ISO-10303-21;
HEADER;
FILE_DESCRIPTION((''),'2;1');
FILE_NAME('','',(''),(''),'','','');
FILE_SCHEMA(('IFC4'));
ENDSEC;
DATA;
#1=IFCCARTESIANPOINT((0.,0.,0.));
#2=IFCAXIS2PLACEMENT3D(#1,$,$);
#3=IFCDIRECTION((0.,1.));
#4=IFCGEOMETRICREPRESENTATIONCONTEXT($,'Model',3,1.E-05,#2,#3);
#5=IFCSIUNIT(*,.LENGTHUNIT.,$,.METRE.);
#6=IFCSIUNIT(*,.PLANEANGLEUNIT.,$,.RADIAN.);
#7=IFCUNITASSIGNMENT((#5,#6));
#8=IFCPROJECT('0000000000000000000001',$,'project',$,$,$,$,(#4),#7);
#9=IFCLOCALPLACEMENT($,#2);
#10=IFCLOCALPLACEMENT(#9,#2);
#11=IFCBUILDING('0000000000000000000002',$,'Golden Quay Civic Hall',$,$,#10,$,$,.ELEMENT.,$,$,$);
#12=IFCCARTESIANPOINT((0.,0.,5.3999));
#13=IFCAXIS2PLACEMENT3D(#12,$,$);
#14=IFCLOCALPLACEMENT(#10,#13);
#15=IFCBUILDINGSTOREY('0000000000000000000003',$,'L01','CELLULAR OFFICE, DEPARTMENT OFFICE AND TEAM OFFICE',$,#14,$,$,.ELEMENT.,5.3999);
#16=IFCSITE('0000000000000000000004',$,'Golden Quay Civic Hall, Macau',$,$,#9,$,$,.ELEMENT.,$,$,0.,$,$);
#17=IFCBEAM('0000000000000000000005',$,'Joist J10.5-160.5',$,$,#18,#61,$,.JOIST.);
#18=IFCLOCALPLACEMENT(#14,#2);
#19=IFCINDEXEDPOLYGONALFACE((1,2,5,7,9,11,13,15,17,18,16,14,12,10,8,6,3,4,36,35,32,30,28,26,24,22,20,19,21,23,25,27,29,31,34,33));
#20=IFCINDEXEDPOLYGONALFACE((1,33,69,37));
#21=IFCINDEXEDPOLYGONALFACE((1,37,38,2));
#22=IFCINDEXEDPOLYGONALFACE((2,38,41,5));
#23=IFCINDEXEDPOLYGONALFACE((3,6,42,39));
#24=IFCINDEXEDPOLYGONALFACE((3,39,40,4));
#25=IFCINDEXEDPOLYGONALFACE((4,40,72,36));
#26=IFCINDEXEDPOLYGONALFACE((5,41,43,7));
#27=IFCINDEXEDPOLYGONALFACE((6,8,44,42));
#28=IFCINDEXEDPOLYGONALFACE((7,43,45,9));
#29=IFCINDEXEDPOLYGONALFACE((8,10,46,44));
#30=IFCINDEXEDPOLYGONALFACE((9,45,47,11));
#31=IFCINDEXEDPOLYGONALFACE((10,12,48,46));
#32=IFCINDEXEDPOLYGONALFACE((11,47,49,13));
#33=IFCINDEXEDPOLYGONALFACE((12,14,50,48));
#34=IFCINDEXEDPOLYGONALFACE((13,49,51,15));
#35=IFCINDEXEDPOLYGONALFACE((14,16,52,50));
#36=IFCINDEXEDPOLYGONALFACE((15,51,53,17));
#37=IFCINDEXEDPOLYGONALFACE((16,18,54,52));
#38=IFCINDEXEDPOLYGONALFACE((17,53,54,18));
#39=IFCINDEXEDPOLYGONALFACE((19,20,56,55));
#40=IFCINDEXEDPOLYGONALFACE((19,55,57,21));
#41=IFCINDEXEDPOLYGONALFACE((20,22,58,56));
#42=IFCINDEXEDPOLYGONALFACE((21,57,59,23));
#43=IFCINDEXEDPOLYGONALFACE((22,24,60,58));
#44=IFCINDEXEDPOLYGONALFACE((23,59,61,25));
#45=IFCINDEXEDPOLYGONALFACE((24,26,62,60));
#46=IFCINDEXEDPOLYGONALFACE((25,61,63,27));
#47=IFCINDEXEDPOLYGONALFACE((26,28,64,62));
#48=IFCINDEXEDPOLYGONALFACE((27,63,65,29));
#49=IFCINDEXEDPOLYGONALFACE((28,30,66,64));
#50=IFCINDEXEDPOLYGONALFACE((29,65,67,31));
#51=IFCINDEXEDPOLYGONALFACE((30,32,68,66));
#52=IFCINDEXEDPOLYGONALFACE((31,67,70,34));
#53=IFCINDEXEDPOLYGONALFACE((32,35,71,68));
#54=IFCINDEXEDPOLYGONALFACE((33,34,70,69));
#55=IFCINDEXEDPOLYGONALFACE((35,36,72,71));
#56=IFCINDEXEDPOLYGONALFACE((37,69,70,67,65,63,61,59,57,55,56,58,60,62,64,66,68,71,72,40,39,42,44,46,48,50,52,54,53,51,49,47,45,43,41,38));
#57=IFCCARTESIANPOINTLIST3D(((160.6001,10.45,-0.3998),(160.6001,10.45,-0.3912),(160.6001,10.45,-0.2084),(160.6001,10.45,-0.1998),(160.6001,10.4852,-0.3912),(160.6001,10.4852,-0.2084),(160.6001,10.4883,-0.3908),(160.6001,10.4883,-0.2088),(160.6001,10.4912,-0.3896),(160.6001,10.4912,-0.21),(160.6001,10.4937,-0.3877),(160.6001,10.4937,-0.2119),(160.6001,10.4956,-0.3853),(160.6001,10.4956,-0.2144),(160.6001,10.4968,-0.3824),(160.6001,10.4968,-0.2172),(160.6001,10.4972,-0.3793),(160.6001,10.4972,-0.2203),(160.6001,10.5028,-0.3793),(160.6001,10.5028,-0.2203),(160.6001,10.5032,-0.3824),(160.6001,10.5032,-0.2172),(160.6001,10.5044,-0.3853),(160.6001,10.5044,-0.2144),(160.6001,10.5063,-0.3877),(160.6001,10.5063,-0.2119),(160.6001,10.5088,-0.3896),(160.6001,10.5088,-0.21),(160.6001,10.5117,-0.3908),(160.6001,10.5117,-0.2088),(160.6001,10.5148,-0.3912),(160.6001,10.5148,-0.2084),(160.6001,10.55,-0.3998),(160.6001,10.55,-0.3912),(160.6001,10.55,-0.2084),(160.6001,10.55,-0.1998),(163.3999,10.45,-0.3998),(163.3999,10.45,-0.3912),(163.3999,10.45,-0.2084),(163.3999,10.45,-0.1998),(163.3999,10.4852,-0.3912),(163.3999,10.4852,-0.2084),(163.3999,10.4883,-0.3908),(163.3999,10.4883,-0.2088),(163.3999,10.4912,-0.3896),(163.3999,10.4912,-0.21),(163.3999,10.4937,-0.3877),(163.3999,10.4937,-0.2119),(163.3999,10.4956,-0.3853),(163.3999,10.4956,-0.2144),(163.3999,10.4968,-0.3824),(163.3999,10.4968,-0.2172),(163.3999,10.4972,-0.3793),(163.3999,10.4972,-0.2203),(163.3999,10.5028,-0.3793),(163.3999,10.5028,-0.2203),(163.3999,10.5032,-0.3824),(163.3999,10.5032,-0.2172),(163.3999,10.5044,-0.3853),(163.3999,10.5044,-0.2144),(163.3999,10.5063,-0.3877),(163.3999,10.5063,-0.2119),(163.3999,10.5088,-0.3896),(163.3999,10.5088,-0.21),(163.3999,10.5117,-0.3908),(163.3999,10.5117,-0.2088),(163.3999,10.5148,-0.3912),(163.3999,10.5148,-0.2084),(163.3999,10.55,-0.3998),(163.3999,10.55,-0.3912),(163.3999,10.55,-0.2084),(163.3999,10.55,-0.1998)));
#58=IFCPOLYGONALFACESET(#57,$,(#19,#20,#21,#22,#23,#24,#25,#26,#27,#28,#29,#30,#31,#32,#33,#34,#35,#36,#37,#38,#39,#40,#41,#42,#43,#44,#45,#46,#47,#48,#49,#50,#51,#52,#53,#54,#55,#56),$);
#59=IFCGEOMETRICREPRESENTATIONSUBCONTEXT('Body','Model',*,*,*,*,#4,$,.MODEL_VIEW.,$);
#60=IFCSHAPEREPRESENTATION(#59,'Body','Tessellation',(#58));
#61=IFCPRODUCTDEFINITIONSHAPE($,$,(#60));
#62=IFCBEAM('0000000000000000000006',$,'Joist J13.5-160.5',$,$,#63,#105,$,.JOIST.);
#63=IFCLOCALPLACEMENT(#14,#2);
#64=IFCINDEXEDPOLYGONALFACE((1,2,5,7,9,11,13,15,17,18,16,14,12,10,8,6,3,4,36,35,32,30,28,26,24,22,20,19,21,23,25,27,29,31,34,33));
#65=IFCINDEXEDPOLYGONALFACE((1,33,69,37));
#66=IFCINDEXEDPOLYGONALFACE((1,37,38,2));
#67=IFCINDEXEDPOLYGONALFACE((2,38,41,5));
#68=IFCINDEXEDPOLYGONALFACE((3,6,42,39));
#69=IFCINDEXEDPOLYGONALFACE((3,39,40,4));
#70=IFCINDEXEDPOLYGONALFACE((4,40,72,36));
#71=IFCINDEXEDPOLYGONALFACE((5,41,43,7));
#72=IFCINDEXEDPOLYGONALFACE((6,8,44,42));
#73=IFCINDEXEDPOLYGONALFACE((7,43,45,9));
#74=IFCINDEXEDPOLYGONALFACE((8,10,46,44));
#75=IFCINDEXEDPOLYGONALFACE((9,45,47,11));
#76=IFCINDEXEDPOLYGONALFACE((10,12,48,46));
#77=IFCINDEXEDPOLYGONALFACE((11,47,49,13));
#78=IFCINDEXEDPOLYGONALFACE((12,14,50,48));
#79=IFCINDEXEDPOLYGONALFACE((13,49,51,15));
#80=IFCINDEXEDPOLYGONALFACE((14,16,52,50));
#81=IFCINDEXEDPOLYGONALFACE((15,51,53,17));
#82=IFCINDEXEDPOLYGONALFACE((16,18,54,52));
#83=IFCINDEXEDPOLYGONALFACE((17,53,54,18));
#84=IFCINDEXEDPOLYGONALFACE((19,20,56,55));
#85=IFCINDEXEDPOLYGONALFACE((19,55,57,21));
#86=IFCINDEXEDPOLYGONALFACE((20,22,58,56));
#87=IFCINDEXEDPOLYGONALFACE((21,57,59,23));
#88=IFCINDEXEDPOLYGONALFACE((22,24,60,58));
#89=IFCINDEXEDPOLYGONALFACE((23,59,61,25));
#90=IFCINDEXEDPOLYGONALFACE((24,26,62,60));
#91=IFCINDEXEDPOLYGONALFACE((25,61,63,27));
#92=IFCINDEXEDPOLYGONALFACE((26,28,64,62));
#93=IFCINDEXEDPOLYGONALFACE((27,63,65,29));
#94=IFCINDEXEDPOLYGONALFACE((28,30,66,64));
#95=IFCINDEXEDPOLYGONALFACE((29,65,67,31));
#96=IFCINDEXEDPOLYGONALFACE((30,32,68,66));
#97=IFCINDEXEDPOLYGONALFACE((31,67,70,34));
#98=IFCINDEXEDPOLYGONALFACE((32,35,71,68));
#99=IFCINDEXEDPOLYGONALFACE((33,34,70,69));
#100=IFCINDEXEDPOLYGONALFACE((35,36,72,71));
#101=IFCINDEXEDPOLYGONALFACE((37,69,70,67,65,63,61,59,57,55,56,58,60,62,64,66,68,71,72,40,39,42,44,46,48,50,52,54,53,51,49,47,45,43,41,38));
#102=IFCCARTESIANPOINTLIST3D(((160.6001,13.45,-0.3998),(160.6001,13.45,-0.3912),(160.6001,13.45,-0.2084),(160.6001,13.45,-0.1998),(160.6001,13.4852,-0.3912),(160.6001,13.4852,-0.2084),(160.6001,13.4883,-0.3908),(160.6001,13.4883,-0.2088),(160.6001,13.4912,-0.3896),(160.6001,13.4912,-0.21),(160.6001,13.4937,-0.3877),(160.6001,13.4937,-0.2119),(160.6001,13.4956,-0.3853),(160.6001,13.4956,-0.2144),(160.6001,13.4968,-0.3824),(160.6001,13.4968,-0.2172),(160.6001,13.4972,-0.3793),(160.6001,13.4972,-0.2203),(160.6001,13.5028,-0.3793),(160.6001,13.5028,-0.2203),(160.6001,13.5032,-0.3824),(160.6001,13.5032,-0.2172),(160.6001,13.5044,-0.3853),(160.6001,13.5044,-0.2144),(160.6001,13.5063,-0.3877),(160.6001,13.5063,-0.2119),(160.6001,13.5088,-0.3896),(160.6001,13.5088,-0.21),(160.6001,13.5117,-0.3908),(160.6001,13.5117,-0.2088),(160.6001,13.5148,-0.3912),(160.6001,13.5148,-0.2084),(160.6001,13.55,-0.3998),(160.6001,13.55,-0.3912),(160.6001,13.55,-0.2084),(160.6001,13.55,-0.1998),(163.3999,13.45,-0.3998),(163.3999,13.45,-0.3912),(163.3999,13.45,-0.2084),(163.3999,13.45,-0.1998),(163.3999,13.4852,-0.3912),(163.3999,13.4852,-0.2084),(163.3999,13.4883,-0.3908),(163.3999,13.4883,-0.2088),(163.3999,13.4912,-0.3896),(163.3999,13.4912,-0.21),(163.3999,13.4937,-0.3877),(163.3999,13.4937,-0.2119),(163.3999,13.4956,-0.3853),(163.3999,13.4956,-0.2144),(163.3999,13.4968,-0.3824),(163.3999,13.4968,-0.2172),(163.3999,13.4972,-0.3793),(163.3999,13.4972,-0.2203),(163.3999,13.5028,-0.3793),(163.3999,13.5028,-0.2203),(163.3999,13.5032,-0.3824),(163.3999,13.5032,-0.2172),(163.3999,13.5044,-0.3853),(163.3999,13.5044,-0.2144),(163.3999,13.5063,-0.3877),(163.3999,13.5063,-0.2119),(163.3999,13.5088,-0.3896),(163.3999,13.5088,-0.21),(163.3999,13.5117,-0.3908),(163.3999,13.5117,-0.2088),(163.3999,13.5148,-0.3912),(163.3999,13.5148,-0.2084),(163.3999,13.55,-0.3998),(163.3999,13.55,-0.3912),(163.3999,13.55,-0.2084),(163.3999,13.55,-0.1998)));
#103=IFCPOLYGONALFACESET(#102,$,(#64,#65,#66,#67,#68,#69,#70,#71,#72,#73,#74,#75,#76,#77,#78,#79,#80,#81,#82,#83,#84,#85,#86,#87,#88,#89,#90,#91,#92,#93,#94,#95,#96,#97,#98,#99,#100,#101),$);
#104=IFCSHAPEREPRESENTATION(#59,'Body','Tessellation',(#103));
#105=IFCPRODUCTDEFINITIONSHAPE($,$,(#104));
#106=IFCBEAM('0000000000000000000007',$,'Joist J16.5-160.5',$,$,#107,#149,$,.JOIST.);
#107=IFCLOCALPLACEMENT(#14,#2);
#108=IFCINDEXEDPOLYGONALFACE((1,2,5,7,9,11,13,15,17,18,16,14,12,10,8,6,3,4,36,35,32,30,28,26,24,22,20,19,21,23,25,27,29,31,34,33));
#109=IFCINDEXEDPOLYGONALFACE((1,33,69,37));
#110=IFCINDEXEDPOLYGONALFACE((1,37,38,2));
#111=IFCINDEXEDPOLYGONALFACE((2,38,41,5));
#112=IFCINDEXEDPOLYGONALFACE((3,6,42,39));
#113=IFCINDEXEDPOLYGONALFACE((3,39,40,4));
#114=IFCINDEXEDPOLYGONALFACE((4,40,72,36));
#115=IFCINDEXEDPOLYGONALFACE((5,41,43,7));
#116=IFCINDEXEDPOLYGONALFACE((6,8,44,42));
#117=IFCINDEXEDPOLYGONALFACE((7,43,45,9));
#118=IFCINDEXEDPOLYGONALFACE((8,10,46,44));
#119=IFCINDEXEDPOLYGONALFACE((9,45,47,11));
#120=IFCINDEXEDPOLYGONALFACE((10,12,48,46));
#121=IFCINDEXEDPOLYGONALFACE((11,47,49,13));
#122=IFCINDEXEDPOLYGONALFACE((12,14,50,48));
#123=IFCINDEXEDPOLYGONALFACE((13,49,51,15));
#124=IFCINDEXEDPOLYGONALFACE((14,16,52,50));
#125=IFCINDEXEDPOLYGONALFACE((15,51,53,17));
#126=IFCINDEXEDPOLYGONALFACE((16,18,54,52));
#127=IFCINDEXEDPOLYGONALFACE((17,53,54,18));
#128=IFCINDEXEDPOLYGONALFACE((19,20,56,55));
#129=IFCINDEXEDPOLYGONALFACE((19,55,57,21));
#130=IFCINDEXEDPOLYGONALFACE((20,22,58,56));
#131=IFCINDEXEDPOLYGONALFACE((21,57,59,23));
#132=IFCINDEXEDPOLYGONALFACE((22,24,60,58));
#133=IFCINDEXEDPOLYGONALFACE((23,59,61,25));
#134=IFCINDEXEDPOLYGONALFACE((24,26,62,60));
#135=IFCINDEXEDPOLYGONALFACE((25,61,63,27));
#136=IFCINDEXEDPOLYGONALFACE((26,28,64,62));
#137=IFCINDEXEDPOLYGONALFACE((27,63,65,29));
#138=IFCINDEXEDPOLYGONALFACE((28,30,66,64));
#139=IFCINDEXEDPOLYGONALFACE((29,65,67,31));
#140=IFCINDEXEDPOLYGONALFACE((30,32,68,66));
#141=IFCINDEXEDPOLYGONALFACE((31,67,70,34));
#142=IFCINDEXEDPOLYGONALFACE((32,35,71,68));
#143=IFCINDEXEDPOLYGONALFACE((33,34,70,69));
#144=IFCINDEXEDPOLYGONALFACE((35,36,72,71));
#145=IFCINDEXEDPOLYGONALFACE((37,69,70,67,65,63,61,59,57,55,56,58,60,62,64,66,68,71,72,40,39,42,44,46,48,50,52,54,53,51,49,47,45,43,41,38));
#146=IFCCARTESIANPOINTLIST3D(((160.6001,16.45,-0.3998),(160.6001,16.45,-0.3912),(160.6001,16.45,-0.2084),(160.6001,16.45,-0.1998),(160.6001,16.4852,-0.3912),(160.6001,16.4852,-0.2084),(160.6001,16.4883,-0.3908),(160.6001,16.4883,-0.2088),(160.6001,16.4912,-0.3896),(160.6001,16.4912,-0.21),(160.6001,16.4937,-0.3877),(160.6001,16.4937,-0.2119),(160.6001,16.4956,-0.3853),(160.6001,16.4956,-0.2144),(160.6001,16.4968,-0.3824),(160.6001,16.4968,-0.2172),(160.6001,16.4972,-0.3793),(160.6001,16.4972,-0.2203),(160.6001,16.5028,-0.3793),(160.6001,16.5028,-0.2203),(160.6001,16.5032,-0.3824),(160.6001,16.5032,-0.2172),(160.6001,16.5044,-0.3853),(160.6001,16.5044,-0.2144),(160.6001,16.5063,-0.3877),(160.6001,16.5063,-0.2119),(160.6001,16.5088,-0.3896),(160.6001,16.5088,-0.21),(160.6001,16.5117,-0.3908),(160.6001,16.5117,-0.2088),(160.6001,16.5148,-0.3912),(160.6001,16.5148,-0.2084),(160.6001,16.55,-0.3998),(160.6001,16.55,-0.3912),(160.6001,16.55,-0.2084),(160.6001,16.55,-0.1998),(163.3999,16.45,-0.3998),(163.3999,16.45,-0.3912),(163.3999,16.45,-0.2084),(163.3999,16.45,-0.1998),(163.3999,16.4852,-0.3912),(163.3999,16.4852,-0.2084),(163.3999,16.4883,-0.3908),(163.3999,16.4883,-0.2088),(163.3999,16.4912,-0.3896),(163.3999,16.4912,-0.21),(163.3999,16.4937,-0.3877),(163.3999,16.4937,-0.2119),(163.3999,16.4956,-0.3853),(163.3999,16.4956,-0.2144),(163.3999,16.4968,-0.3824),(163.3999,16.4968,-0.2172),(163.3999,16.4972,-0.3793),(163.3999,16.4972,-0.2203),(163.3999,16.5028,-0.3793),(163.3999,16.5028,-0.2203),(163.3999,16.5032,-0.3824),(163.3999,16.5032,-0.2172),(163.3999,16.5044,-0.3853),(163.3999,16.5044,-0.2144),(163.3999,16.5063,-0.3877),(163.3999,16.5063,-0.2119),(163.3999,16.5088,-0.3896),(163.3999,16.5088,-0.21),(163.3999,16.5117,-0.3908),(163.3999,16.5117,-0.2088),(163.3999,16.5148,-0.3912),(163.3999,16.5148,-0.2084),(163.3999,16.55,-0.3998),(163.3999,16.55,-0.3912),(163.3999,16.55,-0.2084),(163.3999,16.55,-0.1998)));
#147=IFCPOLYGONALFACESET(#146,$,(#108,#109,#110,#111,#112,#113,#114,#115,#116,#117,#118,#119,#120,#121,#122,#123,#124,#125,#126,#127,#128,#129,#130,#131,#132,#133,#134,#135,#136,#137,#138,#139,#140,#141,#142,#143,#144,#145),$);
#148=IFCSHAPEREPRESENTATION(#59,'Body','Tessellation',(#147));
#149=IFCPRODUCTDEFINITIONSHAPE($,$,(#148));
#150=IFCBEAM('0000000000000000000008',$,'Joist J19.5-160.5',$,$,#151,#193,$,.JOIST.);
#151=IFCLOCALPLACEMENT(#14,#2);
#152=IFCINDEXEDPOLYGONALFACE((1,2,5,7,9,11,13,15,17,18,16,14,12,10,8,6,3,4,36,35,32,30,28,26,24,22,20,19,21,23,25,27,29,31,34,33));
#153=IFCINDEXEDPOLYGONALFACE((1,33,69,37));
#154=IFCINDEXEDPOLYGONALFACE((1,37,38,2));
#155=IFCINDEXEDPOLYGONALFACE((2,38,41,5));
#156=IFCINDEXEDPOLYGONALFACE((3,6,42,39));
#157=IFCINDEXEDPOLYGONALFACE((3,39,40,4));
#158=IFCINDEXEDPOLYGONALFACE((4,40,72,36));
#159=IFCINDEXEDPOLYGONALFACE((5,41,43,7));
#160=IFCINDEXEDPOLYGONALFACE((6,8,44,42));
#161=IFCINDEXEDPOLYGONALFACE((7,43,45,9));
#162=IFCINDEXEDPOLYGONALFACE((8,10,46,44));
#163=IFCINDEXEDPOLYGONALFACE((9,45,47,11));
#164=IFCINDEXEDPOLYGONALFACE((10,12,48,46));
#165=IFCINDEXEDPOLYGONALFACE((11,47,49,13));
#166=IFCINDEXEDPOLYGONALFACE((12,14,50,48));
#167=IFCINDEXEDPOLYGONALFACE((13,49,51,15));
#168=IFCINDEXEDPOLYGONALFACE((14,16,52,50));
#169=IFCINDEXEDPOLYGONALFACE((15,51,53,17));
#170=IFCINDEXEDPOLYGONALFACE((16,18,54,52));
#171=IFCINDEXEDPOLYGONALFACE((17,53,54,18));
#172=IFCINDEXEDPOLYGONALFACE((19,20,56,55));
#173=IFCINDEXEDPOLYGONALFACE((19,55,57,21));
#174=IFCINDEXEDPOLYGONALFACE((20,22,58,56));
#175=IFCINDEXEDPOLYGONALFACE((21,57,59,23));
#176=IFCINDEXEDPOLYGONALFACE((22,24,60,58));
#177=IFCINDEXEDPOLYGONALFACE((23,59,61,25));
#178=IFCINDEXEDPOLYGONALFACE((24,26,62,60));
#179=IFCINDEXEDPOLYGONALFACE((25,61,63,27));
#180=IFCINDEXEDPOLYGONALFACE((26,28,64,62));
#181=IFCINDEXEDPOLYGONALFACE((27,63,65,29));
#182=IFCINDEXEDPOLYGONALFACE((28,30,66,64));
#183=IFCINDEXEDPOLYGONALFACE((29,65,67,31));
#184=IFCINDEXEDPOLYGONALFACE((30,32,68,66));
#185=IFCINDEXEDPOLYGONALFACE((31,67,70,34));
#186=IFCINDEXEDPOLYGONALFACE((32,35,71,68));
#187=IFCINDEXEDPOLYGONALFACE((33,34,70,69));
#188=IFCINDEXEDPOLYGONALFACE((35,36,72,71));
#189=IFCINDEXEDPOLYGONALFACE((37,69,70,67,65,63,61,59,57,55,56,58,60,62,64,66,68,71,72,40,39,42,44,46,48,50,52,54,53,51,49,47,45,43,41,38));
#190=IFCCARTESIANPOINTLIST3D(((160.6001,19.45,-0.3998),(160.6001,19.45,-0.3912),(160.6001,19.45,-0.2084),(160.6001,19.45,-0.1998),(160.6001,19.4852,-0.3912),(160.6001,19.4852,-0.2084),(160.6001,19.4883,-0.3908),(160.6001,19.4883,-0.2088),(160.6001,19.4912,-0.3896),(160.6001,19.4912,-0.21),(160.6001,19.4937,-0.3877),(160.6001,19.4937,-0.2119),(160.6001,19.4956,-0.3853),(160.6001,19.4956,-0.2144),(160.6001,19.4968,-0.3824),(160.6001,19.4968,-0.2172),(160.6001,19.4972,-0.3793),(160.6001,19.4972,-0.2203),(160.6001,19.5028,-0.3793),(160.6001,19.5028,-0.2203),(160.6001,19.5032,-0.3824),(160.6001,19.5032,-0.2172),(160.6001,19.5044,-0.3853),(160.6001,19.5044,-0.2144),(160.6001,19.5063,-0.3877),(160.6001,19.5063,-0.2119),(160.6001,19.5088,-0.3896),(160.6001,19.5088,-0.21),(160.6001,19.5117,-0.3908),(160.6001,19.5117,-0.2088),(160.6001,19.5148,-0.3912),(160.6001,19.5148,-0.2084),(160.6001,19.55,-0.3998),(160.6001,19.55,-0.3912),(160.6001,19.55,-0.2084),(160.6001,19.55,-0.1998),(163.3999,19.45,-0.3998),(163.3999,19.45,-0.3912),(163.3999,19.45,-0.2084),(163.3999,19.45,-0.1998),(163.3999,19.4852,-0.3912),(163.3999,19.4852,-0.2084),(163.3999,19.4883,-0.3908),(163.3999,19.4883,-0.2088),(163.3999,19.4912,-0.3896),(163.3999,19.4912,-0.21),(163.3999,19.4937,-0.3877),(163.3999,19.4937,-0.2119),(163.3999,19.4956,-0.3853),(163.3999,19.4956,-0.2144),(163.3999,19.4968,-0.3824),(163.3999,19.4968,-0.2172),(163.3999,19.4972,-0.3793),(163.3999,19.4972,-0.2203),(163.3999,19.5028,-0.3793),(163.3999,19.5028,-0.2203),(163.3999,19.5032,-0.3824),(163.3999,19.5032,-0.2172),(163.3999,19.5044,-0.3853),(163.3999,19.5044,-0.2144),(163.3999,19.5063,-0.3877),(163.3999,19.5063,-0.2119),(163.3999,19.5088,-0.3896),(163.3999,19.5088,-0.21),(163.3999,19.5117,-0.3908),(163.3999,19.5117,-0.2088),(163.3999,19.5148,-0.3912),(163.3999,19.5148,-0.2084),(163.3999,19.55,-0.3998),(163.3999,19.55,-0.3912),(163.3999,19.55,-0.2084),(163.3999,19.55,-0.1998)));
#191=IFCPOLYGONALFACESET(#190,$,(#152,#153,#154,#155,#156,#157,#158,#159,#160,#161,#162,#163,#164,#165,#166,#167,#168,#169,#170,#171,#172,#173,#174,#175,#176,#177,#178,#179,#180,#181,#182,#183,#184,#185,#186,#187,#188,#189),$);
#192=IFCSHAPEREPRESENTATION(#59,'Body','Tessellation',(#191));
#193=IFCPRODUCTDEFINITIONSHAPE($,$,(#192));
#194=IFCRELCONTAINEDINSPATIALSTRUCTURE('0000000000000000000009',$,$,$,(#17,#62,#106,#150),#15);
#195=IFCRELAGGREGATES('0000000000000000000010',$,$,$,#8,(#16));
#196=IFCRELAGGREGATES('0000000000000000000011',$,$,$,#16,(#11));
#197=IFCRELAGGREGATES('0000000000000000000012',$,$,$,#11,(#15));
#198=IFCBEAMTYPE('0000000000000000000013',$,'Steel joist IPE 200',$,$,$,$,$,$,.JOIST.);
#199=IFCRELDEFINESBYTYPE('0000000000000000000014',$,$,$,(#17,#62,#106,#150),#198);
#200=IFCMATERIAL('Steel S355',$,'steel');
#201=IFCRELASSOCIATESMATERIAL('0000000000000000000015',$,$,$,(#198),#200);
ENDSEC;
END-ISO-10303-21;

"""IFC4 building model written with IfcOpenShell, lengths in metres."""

from ifc_helpers import new_model, si_unit, direction, frame, origin, origin_2d, place, context, subcontext, project, spatial, i_section, extrude, material, material_profile, profile_set, type_object, element, save


model = new_model("IFC4")

# Units and contexts
model_context = context("Model", 3, precision=1e-05, world=origin(), true_north=direction((0.0, 1.0)))
body_context = subcontext(model_context, "Body", "Model", "MODEL_VIEW")
ifc_project = project(units=[si_unit("LENGTHUNIT", "METRE"), si_unit("PLANEANGLEUNIT", "RADIAN")], contexts=[model_context])

# Site, building, storey
site_placement = place(None, origin())
site = spatial("IfcSite", under=ifc_project, at=site_placement, Name="Golden Quay Civic Hall, Macau", CompositionType="ELEMENT", RefElevation=0.0)
building_placement = place(site_placement, origin())
building = spatial("IfcBuilding", under=site, at=building_placement, Name="Golden Quay Civic Hall", CompositionType="ELEMENT")
storey_placement = place(building_placement, frame((0.0, 0.0, 5.3999)))
storey = spatial("IfcBuildingStorey", under=building, at=storey_placement, Name="L01", Description="CELLULAR OFFICE, DEPARTMENT OFFICE AND TEAM OFFICE", CompositionType="ELEMENT", Elevation=5.3999)

# Beams
ifc_material_1 = material(Name="Steel S355", Category="steel")
ifc_material_profile_1 = material_profile(ifc_material_1, i_section(OverallWidth=0.1001, OverallDepth=0.2, WebThickness=0.0056, FlangeThickness=0.0085, FilletRadius=0.012, at=origin_2d()), Name="IPE 200")
ifc_profile_set_1 = profile_set([ifc_material_profile_1], Name="Steel S355")
beam_type_1 = type_object("IfcBeamType", Name="Steel joist IPE 200", PredefinedType="JOIST", material=ifc_profile_set_1)
for number, where, z_axis, x_axis, name in (
    (1, (160.6001, 10.5, -0.2998), (1.0, 0.0, 0.0), (0.0, 1.0, 0.0), "Joist J10.5-160.5"),
    (2, (160.6001, 13.5, -0.2998), (1.0, 0.0, 0.0), (0.0, 1.0, 0.0), "Joist J13.5-160.5"),
    (3, (160.6001, 16.5, -0.2998), (1.0, 0.0, 0.0), (0.0, 1.0, 0.0), "Joist J16.5-160.5"),
    (4, (160.6001, 19.5, -0.2998), (1.0, 0.0, 0.0), (0.0, 1.0, 0.0), "Joist J19.5-160.5"),
):
    element("IfcBeam", number, at=place(storey_placement, frame(where, z_axis=z_axis, x_axis=x_axis)), inside=storey, type_object=beam_type_1, Name=name, PredefinedType="JOIST", context=body_context, shape_type="SweptSolid", body=[
        extrude(i_section(OverallWidth=0.1001, OverallDepth=0.2, WebThickness=0.0056, FlangeThickness=0.0085, FilletRadius=0.012, at=origin_2d()), origin(), (0.0, 0.0, 1.0), 2.7998),
    ])

save(model, "model.ifc")
